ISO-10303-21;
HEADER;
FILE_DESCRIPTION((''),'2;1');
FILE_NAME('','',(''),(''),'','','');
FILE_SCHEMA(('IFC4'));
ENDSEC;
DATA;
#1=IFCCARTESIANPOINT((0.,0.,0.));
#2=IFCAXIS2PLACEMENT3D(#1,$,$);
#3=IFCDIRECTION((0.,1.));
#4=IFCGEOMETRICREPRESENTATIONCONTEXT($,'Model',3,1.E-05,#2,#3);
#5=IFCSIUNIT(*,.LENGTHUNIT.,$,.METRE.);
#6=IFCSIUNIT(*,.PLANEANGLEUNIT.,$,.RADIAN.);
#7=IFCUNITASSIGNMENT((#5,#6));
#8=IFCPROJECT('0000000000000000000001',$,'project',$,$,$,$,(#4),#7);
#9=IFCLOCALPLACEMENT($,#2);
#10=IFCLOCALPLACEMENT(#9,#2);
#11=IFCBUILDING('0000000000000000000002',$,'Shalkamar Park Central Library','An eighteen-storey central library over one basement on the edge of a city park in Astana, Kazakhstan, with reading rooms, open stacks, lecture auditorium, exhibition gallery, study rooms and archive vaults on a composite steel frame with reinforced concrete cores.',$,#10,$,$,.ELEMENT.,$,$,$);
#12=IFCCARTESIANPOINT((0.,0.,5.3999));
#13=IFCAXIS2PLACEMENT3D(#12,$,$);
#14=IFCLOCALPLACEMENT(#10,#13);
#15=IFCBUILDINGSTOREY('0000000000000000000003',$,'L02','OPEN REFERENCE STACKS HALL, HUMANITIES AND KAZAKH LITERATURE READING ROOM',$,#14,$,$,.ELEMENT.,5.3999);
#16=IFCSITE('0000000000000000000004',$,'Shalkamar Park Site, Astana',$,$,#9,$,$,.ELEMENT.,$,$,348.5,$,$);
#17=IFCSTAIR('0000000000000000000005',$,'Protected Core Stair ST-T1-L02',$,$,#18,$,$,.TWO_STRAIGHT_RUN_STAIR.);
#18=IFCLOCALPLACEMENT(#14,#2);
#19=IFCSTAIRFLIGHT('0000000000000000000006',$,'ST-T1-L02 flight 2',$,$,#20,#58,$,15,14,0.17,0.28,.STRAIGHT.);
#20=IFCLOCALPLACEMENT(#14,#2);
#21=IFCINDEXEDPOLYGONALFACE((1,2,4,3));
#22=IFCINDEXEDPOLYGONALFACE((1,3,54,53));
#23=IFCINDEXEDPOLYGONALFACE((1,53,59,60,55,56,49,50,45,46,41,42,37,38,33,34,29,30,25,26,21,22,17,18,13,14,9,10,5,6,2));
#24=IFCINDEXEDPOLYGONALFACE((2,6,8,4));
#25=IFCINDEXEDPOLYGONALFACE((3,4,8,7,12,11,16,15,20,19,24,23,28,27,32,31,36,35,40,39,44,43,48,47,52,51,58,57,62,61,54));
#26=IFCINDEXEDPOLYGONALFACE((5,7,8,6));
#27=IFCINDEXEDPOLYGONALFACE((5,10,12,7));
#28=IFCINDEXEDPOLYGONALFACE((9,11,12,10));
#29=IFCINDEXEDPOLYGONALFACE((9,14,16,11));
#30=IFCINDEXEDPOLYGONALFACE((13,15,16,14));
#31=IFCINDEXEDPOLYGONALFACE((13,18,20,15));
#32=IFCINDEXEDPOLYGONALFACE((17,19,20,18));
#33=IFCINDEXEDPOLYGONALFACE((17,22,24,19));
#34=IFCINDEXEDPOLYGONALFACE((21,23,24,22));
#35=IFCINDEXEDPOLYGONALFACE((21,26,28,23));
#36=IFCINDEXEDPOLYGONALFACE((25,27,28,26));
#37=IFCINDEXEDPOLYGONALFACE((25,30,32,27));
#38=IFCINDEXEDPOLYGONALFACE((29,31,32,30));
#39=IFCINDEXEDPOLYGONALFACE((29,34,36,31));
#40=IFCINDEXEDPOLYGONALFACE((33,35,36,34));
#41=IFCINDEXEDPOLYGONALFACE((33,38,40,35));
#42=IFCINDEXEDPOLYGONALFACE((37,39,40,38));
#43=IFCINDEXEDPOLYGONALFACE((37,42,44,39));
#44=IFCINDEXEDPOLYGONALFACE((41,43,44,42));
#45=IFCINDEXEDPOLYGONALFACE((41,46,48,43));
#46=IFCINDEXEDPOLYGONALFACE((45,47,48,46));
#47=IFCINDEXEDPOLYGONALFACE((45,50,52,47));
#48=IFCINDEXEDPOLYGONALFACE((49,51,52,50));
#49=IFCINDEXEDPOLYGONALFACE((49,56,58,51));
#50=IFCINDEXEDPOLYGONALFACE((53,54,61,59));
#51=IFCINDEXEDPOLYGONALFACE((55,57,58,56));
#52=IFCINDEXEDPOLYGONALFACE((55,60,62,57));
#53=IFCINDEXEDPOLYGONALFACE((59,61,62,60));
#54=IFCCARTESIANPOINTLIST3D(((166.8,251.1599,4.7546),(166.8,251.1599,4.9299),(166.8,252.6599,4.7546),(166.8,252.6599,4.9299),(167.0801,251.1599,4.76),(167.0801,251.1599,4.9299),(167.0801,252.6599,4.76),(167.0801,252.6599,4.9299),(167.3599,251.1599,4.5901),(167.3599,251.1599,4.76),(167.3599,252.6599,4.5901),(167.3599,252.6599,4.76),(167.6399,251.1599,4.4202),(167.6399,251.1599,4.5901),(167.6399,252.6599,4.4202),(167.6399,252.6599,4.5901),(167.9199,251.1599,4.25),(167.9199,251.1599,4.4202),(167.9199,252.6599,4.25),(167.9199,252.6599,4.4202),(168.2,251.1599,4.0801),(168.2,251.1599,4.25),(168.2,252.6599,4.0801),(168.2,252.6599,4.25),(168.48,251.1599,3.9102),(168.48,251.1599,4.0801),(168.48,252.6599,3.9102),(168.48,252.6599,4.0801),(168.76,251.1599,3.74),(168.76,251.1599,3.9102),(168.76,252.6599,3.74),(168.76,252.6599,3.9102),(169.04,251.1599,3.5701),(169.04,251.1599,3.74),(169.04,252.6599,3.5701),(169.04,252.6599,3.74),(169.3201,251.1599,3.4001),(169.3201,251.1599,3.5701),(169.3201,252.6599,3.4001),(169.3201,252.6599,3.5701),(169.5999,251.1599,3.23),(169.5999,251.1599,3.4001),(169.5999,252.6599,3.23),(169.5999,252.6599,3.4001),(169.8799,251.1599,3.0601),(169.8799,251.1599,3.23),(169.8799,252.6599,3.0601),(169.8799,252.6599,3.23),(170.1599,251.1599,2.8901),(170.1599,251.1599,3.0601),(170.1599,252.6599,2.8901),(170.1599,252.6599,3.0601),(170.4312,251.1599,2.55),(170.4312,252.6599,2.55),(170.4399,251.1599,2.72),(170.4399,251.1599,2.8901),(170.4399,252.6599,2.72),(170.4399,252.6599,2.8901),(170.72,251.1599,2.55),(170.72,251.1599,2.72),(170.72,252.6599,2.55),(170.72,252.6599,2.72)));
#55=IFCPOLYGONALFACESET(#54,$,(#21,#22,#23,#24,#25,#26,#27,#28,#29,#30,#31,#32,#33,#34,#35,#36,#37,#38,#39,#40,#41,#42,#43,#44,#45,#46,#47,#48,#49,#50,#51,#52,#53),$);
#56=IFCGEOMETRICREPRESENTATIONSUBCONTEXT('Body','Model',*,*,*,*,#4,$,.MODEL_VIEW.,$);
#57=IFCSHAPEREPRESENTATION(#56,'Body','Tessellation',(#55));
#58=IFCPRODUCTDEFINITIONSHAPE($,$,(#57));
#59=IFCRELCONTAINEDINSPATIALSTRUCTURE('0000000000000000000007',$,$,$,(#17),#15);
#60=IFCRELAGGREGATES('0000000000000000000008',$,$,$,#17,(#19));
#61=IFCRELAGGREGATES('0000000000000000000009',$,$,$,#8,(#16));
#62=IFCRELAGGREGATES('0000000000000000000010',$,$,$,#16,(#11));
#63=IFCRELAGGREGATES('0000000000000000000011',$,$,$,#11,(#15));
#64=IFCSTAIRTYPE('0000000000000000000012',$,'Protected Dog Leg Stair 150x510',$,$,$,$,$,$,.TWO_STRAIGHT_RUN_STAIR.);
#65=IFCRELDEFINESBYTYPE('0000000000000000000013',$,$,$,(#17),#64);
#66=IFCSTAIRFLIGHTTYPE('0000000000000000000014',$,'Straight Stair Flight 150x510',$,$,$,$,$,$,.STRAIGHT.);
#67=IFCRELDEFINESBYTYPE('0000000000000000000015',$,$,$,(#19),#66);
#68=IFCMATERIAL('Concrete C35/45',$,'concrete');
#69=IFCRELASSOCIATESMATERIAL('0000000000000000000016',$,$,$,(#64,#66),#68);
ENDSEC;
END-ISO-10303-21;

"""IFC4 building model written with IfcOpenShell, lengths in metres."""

from ifc_helpers import new_model, si_unit, direction, frame, origin, place, context, subcontext, project, spatial, polyline, outline, extrude, material, type_object, element, aggregate, save


model = new_model("IFC4")

# Units and contexts
model_context = context("Model", 3, precision=1e-05, world=origin(), true_north=direction((0.0, 1.0)))
body_context = subcontext(model_context, "Body", "Model", "MODEL_VIEW")
ifc_project = project(units=[si_unit("LENGTHUNIT", "METRE"), si_unit("PLANEANGLEUNIT", "RADIAN")], contexts=[model_context])

# Site, building, storey
site_placement = place(None, origin())
site = spatial("IfcSite", under=ifc_project, at=site_placement, Name="Shalkamar Park Site, Astana", CompositionType="ELEMENT", RefElevation=348.5)
building_placement = place(site_placement, origin())
building = spatial("IfcBuilding", under=site, at=building_placement, Name="Shalkamar Park Central Library", Description="An eighteen-storey central library over one basement on the edge of a city park in Astana, Kazakhstan, with reading rooms, open stacks, lecture auditorium, exhibition gallery, study rooms and archive vaults on a composite steel frame with reinforced concrete cores.", CompositionType="ELEMENT")
storey_placement = place(building_placement, frame((0.0, 0.0, 5.3999)))
storey = spatial("IfcBuildingStorey", under=building, at=storey_placement, Name="L02", Description="OPEN REFERENCE STACKS HALL, HUMANITIES AND KAZAKH LITERATURE READING ROOM", CompositionType="ELEMENT", Elevation=5.3999)

# Stair, stair flight
ifc_material_1 = material(Name="Concrete C35/45", Category="concrete")
stair_type = type_object("IfcStairType", Name="Protected Dog Leg Stair 150x510", PredefinedType="TWO_STRAIGHT_RUN_STAIR", material=ifc_material_1)
stair_placement = place(storey_placement, origin())
stair = element("IfcStair", 1, at=stair_placement, inside=storey, type_object=stair_type, Name="Protected Core Stair ST-T1-L02", PredefinedType="TWO_STRAIGHT_RUN_STAIR")
stair_flight_type = type_object("IfcStairFlightType", Name="Straight Stair Flight 150x510", PredefinedType="STRAIGHT", material=ifc_material_1)
stair_flight_placement = place(storey_placement, frame((170.72, 251.9099, 2.55), z_axis=(0.0, 0.0, 1.0), x_axis=(-1.0, 0.0, 0.0)))
stair_flight = element("IfcStairFlight", 2, at=stair_flight_placement, type_object=stair_flight_type, Name="ST-T1-L02 flight 2", NumberOfRisers=15, NumberOfTreads=14, PredefinedType="STRAIGHT", RiserHeight=0.17, TreadLength=0.28, context=body_context, shape_type="SweptSolid", body=[
    extrude(outline(polyline([(0.0, 0.0), (0.0, 0.1699), (0.28, 0.1699), (0.28, 0.3401), (0.5601, 0.3401), (0.5601, 0.51), (0.8401, 0.51), (0.8401, 0.6799), (1.1201, 0.6799), (1.1201, 0.8501), (1.3999, 0.8501), (1.3999, 1.02), (1.6799, 1.02), (1.6799, 1.1899), (1.96, 1.1899), (1.96, 1.3601), (2.24, 1.3601), (2.24, 1.53), (2.52, 1.53), (2.52, 1.7), (2.8, 1.7), (2.8, 1.8701), (3.0801, 1.8701), (3.0801, 2.04), (3.3601, 2.04), (3.3601, 2.21), (3.6399, 2.21), (3.6399, 2.3799), (3.9199, 2.3799), (3.9199, 2.55), (3.9199, 2.2046), (0.2888, 0.0), (0.0, 0.0)])), frame((0.0, 0.75, 0.0), z_axis=(0.0, -1.0, 0.0), x_axis=(1.0, 0.0, 0.0)), (0.0, 0.0, 1.0), 1.5),
])
aggregate(stair, [stair_flight])

save(model, "model.ifc")
